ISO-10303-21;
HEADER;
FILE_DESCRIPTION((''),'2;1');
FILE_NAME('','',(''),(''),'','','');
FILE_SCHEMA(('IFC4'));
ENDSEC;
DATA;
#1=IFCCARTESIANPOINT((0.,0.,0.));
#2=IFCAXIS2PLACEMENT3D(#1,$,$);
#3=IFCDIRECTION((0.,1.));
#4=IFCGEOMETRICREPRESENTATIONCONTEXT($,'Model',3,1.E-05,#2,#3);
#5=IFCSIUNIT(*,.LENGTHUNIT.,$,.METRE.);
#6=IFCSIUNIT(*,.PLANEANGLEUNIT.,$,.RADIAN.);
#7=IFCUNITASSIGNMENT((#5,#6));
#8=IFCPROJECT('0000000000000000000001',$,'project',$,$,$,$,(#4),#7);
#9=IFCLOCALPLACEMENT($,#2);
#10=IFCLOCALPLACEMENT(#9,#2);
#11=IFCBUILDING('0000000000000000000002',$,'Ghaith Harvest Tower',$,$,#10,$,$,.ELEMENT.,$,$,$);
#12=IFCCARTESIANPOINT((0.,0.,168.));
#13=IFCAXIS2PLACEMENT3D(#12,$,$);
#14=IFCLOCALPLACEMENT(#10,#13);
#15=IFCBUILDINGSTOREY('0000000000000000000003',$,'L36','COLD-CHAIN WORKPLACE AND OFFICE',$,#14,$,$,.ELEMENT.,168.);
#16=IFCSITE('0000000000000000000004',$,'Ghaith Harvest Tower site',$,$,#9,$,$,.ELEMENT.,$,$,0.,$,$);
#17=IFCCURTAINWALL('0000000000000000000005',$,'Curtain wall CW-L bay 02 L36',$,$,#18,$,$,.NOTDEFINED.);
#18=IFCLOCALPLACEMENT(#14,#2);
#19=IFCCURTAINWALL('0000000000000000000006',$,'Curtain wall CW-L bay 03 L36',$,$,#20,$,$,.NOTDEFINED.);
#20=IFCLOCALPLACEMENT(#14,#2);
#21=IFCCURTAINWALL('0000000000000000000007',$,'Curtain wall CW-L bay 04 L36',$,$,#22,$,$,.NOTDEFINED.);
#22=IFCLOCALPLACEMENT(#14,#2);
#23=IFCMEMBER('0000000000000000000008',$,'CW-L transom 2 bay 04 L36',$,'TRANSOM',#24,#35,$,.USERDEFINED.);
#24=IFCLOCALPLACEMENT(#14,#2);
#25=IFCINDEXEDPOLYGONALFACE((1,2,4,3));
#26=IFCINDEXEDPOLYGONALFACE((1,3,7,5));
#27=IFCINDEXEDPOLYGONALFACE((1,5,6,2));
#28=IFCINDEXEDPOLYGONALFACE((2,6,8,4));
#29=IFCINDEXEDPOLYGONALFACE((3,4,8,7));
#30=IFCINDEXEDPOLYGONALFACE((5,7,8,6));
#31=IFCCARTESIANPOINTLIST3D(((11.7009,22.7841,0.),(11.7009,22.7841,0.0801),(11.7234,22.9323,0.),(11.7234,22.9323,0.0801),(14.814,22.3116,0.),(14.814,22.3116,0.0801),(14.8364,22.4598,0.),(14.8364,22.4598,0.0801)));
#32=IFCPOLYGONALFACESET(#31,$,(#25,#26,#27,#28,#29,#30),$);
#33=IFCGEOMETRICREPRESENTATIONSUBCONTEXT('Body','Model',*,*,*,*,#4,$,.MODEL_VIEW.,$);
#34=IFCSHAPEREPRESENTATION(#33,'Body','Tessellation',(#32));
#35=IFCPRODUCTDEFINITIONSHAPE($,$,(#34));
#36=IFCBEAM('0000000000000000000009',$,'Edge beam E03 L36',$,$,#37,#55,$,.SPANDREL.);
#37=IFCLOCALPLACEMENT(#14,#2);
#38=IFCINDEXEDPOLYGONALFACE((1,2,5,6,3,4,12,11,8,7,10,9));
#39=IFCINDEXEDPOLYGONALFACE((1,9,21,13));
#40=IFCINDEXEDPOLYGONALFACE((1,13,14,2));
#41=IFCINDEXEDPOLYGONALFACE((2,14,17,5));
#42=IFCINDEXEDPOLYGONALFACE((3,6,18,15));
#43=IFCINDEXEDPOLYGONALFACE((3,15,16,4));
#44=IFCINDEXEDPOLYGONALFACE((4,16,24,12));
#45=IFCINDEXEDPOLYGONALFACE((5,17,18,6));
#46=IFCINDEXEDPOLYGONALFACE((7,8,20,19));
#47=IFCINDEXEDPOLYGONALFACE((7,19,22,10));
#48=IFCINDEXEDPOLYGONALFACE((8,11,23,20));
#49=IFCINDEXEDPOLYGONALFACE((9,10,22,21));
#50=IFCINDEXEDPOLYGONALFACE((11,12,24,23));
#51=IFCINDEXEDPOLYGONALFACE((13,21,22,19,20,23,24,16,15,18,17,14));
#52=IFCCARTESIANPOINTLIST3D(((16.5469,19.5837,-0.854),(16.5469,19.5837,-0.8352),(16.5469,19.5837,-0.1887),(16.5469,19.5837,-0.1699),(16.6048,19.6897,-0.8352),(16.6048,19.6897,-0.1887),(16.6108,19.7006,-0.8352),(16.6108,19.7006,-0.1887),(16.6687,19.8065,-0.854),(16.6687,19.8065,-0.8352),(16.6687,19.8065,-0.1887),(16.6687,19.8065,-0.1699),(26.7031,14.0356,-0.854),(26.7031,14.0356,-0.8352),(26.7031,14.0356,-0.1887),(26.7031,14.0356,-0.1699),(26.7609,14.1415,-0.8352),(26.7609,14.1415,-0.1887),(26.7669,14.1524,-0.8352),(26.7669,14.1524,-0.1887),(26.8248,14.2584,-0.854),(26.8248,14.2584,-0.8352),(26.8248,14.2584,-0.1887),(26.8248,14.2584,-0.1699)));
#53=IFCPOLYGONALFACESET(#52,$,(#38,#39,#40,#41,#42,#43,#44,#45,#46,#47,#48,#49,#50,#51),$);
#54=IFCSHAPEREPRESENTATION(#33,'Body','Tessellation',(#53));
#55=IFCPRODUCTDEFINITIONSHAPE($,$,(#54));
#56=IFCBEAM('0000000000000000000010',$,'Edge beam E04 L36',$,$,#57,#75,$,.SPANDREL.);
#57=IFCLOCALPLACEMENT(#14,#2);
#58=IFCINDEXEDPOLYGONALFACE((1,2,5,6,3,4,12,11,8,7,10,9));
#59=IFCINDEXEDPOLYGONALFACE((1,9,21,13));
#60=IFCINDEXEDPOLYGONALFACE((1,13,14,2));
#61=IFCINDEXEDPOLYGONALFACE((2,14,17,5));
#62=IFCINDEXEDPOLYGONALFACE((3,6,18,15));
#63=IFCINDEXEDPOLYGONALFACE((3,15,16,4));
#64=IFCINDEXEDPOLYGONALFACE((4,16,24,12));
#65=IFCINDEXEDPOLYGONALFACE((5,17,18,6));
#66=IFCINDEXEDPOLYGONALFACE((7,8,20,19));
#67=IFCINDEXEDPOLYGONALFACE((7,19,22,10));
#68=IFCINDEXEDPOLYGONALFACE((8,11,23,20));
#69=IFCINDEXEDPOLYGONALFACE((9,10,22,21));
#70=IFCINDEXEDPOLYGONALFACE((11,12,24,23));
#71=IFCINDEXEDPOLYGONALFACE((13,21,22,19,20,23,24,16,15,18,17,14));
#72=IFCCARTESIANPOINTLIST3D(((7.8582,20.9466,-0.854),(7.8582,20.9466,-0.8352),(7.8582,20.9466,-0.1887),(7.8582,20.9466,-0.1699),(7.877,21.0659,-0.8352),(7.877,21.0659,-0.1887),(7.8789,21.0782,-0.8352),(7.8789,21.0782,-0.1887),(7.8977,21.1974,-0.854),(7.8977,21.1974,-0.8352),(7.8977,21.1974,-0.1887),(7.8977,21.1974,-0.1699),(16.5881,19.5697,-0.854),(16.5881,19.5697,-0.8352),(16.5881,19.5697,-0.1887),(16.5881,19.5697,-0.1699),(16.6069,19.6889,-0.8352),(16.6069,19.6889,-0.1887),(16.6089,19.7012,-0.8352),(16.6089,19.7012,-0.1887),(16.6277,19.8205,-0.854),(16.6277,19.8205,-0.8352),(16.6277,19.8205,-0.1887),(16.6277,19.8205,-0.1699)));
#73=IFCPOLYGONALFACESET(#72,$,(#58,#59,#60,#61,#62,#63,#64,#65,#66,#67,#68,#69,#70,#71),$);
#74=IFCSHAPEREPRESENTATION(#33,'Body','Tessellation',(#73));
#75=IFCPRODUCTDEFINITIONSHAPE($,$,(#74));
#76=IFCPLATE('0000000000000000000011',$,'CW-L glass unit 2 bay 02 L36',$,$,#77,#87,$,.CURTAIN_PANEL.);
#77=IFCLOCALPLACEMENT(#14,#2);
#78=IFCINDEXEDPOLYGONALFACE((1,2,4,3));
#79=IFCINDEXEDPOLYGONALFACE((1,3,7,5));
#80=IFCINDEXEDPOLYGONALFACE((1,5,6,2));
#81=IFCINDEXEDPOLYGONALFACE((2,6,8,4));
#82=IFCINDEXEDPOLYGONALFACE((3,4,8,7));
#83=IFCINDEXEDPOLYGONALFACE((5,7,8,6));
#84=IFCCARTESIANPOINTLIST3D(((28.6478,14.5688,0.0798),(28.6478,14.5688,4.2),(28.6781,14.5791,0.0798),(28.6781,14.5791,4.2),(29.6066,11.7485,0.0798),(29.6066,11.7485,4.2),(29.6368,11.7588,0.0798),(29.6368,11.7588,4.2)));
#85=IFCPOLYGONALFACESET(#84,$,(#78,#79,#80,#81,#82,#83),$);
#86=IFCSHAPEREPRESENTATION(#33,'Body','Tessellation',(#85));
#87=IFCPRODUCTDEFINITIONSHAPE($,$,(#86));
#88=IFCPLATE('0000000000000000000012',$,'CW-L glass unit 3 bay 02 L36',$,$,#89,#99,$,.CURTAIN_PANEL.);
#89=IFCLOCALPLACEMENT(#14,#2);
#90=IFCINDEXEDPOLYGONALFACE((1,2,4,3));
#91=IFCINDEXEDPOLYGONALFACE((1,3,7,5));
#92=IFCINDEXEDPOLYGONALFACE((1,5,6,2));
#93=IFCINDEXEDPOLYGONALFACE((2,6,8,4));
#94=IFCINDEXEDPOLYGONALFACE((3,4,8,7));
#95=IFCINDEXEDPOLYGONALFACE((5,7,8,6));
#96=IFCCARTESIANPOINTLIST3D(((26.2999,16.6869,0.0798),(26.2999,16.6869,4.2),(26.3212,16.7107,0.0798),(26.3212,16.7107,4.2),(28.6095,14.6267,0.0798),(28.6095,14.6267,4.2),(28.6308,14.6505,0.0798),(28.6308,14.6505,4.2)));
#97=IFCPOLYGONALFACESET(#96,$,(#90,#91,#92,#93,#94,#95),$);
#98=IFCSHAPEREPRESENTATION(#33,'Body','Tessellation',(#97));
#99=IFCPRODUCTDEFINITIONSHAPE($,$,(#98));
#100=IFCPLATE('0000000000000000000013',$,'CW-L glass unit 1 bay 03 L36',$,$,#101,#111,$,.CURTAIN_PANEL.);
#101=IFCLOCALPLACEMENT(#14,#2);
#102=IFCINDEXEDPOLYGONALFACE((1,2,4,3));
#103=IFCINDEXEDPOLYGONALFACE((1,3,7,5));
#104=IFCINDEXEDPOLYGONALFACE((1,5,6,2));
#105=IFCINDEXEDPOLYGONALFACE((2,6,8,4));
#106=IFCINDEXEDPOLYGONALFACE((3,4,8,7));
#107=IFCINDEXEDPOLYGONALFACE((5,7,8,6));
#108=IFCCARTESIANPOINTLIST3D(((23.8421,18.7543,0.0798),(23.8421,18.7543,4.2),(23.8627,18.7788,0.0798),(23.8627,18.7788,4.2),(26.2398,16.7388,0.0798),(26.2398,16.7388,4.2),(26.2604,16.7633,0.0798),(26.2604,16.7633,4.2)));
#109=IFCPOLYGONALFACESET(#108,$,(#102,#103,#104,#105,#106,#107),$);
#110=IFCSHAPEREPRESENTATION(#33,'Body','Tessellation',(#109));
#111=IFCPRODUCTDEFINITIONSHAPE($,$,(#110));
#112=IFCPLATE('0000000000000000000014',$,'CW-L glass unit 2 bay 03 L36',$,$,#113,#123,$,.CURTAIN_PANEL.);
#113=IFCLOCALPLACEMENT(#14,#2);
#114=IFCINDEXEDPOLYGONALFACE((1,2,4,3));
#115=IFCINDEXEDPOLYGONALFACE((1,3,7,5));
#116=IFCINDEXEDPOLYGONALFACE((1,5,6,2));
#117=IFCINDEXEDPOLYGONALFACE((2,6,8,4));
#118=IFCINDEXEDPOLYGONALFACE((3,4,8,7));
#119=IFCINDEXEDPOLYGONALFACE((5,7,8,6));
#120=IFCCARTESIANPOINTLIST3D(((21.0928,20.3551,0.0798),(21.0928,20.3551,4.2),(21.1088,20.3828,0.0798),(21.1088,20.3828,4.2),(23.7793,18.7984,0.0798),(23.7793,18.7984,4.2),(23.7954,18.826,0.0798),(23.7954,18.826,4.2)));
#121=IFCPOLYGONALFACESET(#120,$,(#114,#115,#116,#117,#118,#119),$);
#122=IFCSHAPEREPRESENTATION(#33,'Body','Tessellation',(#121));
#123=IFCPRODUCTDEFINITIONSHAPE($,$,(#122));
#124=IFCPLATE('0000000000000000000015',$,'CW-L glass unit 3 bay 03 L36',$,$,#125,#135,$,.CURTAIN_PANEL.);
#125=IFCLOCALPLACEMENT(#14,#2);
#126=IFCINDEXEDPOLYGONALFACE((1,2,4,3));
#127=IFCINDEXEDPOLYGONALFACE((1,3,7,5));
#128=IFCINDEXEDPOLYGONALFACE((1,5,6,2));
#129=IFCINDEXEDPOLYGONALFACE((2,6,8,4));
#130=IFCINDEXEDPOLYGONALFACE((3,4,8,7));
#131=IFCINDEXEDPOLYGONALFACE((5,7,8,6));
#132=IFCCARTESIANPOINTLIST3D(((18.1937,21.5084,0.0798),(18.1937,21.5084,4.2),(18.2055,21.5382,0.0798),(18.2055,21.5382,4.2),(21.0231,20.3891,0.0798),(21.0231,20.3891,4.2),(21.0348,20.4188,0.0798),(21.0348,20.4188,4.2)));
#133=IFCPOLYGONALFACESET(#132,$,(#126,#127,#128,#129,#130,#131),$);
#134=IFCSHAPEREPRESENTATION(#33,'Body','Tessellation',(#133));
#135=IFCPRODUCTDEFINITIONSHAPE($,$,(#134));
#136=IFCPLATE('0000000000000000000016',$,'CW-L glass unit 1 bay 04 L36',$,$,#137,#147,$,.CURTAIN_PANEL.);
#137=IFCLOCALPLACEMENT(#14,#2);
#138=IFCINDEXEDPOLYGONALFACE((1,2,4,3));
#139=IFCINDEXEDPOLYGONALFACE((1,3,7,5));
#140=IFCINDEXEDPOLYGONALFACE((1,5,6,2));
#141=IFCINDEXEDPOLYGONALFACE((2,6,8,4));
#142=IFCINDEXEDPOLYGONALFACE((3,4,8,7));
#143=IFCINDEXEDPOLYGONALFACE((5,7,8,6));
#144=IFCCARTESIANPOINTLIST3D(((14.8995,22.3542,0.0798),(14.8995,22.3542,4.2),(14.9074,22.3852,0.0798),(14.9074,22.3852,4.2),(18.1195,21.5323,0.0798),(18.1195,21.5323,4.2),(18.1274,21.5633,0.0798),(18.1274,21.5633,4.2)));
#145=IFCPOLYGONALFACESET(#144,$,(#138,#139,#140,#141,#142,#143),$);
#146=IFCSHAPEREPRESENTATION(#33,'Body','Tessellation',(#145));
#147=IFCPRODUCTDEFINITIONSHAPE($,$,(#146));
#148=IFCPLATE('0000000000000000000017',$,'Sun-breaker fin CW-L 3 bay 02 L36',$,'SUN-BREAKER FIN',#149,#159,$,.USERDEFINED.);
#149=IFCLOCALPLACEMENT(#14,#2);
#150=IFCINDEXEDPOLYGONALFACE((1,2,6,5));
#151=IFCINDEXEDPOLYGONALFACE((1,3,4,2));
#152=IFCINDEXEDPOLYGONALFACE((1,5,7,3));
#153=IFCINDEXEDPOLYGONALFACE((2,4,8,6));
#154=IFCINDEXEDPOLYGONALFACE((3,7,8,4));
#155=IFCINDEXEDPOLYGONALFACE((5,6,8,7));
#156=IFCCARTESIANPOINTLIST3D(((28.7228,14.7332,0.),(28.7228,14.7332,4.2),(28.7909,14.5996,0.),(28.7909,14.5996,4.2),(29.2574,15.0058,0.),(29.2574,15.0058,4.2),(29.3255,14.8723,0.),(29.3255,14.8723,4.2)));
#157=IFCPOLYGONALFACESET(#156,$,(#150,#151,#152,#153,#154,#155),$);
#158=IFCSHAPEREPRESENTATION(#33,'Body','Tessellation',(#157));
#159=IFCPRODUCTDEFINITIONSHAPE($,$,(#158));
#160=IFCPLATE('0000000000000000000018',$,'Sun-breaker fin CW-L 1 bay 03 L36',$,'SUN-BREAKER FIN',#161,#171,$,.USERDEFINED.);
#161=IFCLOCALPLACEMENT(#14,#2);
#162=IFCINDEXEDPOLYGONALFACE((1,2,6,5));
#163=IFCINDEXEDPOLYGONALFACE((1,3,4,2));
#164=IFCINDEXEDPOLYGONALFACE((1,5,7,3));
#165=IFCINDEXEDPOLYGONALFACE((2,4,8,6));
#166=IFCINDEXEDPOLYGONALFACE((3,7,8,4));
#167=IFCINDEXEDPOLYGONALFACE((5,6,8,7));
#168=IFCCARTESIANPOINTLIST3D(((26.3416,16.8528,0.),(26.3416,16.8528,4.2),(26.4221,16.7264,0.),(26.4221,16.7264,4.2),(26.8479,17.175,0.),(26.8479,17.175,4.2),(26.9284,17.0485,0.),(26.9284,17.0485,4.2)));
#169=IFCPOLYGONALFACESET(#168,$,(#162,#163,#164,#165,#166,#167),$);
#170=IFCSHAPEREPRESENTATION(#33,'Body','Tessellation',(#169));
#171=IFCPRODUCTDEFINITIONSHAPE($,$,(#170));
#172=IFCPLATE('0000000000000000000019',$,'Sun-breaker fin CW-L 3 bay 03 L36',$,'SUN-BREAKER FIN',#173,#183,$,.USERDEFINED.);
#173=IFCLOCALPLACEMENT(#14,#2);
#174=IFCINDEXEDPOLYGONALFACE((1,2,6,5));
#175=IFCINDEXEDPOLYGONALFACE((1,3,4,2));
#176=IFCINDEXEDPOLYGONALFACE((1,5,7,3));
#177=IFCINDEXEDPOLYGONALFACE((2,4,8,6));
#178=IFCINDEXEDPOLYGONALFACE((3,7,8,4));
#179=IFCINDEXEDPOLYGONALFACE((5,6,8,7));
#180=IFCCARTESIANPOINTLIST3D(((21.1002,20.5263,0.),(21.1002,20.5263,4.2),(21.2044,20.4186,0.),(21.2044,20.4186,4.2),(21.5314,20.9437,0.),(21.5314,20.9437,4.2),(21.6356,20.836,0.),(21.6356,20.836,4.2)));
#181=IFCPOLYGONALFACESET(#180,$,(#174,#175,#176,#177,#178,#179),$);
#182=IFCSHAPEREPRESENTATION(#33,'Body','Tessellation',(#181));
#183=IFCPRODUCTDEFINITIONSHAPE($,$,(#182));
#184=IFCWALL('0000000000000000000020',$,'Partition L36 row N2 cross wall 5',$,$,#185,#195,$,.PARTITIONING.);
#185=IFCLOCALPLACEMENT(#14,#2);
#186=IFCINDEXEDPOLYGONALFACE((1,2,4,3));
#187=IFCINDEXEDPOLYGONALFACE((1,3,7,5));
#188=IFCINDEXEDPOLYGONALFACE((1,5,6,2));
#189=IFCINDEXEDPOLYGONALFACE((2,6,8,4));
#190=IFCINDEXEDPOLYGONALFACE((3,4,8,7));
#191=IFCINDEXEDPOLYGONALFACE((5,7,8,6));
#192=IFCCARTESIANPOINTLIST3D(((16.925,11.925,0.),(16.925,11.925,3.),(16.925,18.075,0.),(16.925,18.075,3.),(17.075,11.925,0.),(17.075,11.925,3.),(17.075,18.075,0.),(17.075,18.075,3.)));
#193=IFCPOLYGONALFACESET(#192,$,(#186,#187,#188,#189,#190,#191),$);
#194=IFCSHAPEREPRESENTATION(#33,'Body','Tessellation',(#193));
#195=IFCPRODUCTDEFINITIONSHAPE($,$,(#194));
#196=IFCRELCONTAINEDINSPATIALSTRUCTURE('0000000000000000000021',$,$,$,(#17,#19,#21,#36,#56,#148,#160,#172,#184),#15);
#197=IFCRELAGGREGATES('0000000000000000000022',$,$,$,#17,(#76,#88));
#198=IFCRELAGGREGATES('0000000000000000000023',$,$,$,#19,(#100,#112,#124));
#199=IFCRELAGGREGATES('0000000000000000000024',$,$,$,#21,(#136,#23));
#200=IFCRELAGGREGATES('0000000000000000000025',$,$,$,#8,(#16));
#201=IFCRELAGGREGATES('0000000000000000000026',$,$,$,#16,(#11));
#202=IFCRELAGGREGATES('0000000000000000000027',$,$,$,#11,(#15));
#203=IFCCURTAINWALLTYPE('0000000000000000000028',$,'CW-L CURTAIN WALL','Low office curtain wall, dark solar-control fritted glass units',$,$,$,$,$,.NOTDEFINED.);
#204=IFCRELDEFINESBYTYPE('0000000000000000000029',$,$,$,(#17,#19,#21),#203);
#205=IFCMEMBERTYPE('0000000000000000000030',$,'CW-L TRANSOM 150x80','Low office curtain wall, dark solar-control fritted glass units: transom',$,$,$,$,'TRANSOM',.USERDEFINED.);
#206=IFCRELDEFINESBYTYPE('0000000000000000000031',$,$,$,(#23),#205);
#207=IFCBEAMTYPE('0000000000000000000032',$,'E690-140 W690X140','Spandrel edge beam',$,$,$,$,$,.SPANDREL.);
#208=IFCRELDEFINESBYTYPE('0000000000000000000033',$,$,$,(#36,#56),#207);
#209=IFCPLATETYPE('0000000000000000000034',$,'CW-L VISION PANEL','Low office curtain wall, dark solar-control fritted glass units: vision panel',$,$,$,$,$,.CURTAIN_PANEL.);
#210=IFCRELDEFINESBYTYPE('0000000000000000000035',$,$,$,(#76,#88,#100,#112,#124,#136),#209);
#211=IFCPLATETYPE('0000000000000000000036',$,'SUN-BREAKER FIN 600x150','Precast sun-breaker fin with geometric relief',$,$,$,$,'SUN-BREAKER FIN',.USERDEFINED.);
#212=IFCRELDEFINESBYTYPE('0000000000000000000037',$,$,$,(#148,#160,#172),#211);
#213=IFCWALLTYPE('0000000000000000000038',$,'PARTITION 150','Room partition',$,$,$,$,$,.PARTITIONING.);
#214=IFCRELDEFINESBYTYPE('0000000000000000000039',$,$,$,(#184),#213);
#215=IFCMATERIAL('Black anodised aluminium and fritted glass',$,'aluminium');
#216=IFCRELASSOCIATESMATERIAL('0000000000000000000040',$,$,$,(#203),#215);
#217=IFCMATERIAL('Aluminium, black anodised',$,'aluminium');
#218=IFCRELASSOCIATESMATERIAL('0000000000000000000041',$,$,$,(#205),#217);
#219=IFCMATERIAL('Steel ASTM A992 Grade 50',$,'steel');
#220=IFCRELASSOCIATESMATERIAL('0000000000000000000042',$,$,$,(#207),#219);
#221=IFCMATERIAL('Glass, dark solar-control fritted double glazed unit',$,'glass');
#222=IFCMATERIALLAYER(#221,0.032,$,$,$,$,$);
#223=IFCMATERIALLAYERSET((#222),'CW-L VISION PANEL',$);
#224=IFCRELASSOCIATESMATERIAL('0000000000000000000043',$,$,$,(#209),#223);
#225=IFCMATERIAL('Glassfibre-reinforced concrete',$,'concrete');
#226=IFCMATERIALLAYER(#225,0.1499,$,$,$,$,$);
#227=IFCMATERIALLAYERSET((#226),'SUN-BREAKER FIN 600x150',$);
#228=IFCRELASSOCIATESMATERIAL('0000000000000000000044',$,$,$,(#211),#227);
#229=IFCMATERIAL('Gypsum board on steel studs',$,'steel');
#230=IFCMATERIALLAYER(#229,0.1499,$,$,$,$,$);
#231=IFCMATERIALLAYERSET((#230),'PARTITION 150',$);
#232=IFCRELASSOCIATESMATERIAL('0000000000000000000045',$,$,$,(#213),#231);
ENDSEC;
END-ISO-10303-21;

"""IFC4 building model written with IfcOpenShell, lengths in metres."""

from ifc_helpers import new_model, si_unit, direction, frame, frame_2d, origin, origin_2d, place, context, subcontext, project, spatial, rectangle, i_section, extrude, material, layer, layer_set, material_profile, profile_set, type_object, element, aggregate, save


model = new_model("IFC4")

# Units and contexts
model_context = context("Model", 3, precision=1e-05, world=origin(), true_north=direction((0.0, 1.0)))
body_context = subcontext(model_context, "Body", "Model", "MODEL_VIEW")
ifc_project = project(units=[si_unit("LENGTHUNIT", "METRE"), si_unit("PLANEANGLEUNIT", "RADIAN")], contexts=[model_context])

# Site, building, storey
site_placement = place(None, origin())
site = spatial("IfcSite", under=ifc_project, at=site_placement, Name="Ghaith Harvest Tower site", CompositionType="ELEMENT", RefElevation=0.0)
building_placement = place(site_placement, origin())
building = spatial("IfcBuilding", under=site, at=building_placement, Name="Ghaith Harvest Tower", CompositionType="ELEMENT")
storey_placement = place(building_placement, frame((0.0, 0.0, 168.0)))
storey = spatial("IfcBuildingStorey", under=building, at=storey_placement, Name="L36", Description="COLD-CHAIN WORKPLACE AND OFFICE", CompositionType="ELEMENT", Elevation=168.0)

# Curtain wall
ifc_material_1 = material(Name="Black anodised aluminium and fritted glass", Category="aluminium")
curtain_wall_type = type_object("IfcCurtainWallType", Name="CW-L CURTAIN WALL", Description="Low office curtain wall, dark solar-control fritted glass units", PredefinedType="NOTDEFINED", material=ifc_material_1)
curtain_wall_1_placement = place(storey_placement, origin())
curtain_wall_1 = element("IfcCurtainWall", 1, at=curtain_wall_1_placement, inside=storey, type_object=curtain_wall_type, Name="Curtain wall CW-L bay 02 L36", PredefinedType="NOTDEFINED")

# Curtain walls
curtain_wall_2_placement = place(storey_placement, origin())
curtain_wall_2 = element("IfcCurtainWall", 2, at=curtain_wall_2_placement, inside=storey, type_object=curtain_wall_type, Name="Curtain wall CW-L bay 03 L36", PredefinedType="NOTDEFINED")
curtain_wall_3_placement = place(storey_placement, origin())
curtain_wall_3 = element("IfcCurtainWall", 3, at=curtain_wall_3_placement, inside=storey, type_object=curtain_wall_type, Name="Curtain wall CW-L bay 04 L36", PredefinedType="NOTDEFINED")

# Member
ifc_material_2 = material(Name="Aluminium, black anodised", Category="aluminium")
ifc_material_profile_1 = material_profile(ifc_material_2, rectangle(XDim=0.1499, YDim=0.0801, at=origin_2d()), Name="CW-L TRANSOM 150x80")
ifc_profile_set_1 = profile_set([ifc_material_profile_1], Name="Aluminium, black anodised")
member_type_1 = type_object("IfcMemberType", Name="CW-L TRANSOM 150x80", Description="Low office curtain wall, dark solar-control fritted glass units: transom", ElementType="TRANSOM", PredefinedType="USERDEFINED", material=ifc_profile_set_1)
member_1_placement = place(storey_placement, frame((14.8252, 22.3857, 0.04), z_axis=(-0.988681, 0.150035, 0.0), x_axis=(-0.150035, -0.988681, 0.0)))
member_1 = element("IfcMember", 4, at=member_1_placement, type_object=member_type_1, Name="CW-L transom 2 bay 04 L36", ObjectType="TRANSOM", PredefinedType="USERDEFINED", context=body_context, shape_type="SweptSolid", body=[
    extrude(rectangle(XDim=0.1499, YDim=0.0801, at=origin_2d()), origin(), (0.0, 0.0, 1.0), 3.1487),
])

# Beams
ifc_material_3 = material(Name="Steel ASTM A992 Grade 50", Category="steel")
ifc_material_profile_2 = material_profile(ifc_material_3, i_section(OverallWidth=0.2539, OverallDepth=0.6841, WebThickness=0.0125, FlangeThickness=0.0188, at=origin_2d()), Name="W690X140")
ifc_profile_set_2 = profile_set([ifc_material_profile_2], Name="Steel ASTM A992 Grade 50")
beam_type = type_object("IfcBeamType", Name="E690-140 W690X140", Description="Spandrel edge beam", PredefinedType="SPANDREL", material=ifc_profile_set_2)
beam_1_placement = place(storey_placement, frame((26.7639, 14.147, -0.512), z_axis=(-0.877588, 0.479415, 0.0), x_axis=(-0.479415, -0.877588, 0.0)))
element("IfcBeam", 5, at=beam_1_placement, inside=storey, type_object=beam_type, Name="Edge beam E03 L36", PredefinedType="SPANDREL", context=body_context, shape_type="SweptSolid", body=[
    extrude(i_section(OverallWidth=0.2539, OverallDepth=0.6841, WebThickness=0.0125, FlangeThickness=0.0188, at=origin_2d()), origin(), (0.0, 0.0, 1.0), 11.5728),
])
beam_2_placement = place(storey_placement, frame((16.6079, 19.6951, -0.512), z_axis=(-0.987788, 0.155801, 0.0), x_axis=(-0.155801, -0.987788, 0.0)))
element("IfcBeam", 6, at=beam_2_placement, inside=storey, type_object=beam_type, Name="Edge beam E04 L36", PredefinedType="SPANDREL", context=body_context, shape_type="SweptSolid", body=[
    extrude(i_section(OverallWidth=0.2539, OverallDepth=0.6841, WebThickness=0.0125, FlangeThickness=0.0188, at=origin_2d()), origin(), (0.0, 0.0, 1.0), 8.8379),
])

# Plates
ifc_material_4 = material(Name="Glass, dark solar-control fritted double glazed unit", Category="glass")
ifc_layer_1 = layer(ifc_material_4, 0.032)
ifc_layer_set_1 = layer_set([ifc_layer_1], Name="CW-L VISION PANEL")
plate_type_1 = type_object("IfcPlateType", Name="CW-L VISION PANEL", Description="Low office curtain wall, dark solar-control fritted glass units: vision panel", PredefinedType="CURTAIN_PANEL", material=ifc_layer_set_1)
plate_1_placement = place(storey_placement, frame((29.1423, 13.1638, 0.0798), z_axis=(0.0, 0.0, 1.0), x_axis=(-0.321853, 0.94679, 0.0)))
plate_1 = element("IfcPlate", 7, at=plate_1_placement, type_object=plate_type_1, Name="CW-L glass unit 2 bay 02 L36", PredefinedType="CURTAIN_PANEL", context=body_context, shape_type="SweptSolid", body=[
    extrude(rectangle(XDim=2.9788, YDim=0.032, at=origin_2d()), origin(), (0.0, 0.0, 1.0), 4.1201),
])
plate_2_placement = place(storey_placement, frame((27.4653, 15.6687, 0.0798), z_axis=(0.0, 0.0, 1.0), x_axis=(-0.746251, 0.665665, 0.0)))
plate_2 = element("IfcPlate", 8, at=plate_2_placement, type_object=plate_type_1, Name="CW-L glass unit 3 bay 02 L36", PredefinedType="CURTAIN_PANEL", context=body_context, shape_type="SweptSolid", body=[
    extrude(rectangle(XDim=3.095, YDim=0.032, at=origin_2d()), origin(), (0.0, 0.0, 1.0), 4.1201),
])
aggregate(curtain_wall_1, [plate_1, plate_2])
plate_3_placement = place(storey_placement, frame((25.0513, 17.7588, 0.0798), z_axis=(0.0, 0.0, 1.0), x_axis=(-0.765473, 0.643468, 0.0)))
plate_3 = element("IfcPlate", 9, at=plate_3_placement, type_object=plate_type_1, Name="CW-L glass unit 1 bay 03 L36", PredefinedType="CURTAIN_PANEL", context=body_context, shape_type="SweptSolid", body=[
    extrude(rectangle(XDim=3.1323, YDim=0.032, at=origin_2d()), origin(), (0.0, 0.0, 1.0), 4.1201),
])
plate_4_placement = place(storey_placement, frame((22.4441, 19.5906, 0.0798), z_axis=(0.0, 0.0, 1.0), x_axis=(-0.865232, 0.501372, 0.0)))
plate_4 = element("IfcPlate", 10, at=plate_4_placement, type_object=plate_type_1, Name="CW-L glass unit 2 bay 03 L36", PredefinedType="CURTAIN_PANEL", context=body_context, shape_type="SweptSolid", body=[
    extrude(rectangle(XDim=3.105, YDim=0.032, at=origin_2d()), origin(), (0.0, 0.0, 1.0), 4.1201),
])
plate_5_placement = place(storey_placement, frame((19.6143, 20.9636, 0.0798), z_axis=(0.0, 0.0, 1.0), x_axis=(-0.929877, 0.367872, 0.0)))
plate_5 = element("IfcPlate", 11, at=plate_5_placement, type_object=plate_type_1, Name="CW-L glass unit 3 bay 03 L36", PredefinedType="CURTAIN_PANEL", context=body_context, shape_type="SweptSolid", body=[
    extrude(rectangle(XDim=3.0427, YDim=0.032, at=origin_2d()), origin(), (0.0, 0.0, 1.0), 4.1201),
])
aggregate(curtain_wall_2, [plate_3, plate_4, plate_5])
plate_6_placement = place(storey_placement, frame((16.5134, 21.9587, 0.0798), z_axis=(0.0, 0.0, 1.0), x_axis=(-0.968931, 0.247331, 0.0)))
plate_6 = element("IfcPlate", 12, at=plate_6_placement, type_object=plate_type_1, Name="CW-L glass unit 1 bay 04 L36", PredefinedType="CURTAIN_PANEL", context=body_context, shape_type="SweptSolid", body=[
    extrude(rectangle(XDim=3.3232, YDim=0.032, at=origin_2d()), origin(), (0.0, 0.0, 1.0), 4.1201),
])
aggregate(curtain_wall_3, [plate_6, member_1])

# Plates
ifc_material_5 = material(Name="Glassfibre-reinforced concrete", Category="concrete")
ifc_layer_2 = layer(ifc_material_5, 0.1499)
ifc_layer_set_2 = layer_set([ifc_layer_2], Name="SUN-BREAKER FIN 600x150")
plate_type_2 = type_object("IfcPlateType", Name="SUN-BREAKER FIN 600x150", Description="Precast sun-breaker fin with geometric relief", ElementType="SUN-BREAKER FIN", PredefinedType="USERDEFINED", material=ifc_layer_set_2)
for number, where, z_axis, x_axis, name in (
    (13, (29.0242, 14.8027, 0.0), (0.0, 0.0, 1.0), (0.890831, 0.454335, 0.0), "Sun-breaker fin CW-L 3 bay 02 L36"),
    (14, (26.635, 16.9507, 0.0), (0.0, 0.0, 1.0), (0.843644, 0.536903, 0.0), "Sun-breaker fin CW-L 1 bay 03 L36"),
    (15, (21.3679, 20.6812, 0.0), (0.0, 0.0, 1.0), (0.718559, 0.695466, 0.0), "Sun-breaker fin CW-L 3 bay 03 L36"),
):
    element("IfcPlate", number, at=place(storey_placement, frame(where, z_axis=z_axis, x_axis=x_axis)), inside=storey, type_object=plate_type_2, Name=name, ObjectType="SUN-BREAKER FIN", PredefinedType="USERDEFINED", context=body_context, shape_type="SweptSolid", body=[
        extrude(rectangle(XDim=0.6001, YDim=0.1499, at=origin_2d()), origin(), (0.0, 0.0, 1.0), 4.2),
    ])

# Wall
ifc_material_6 = material(Name="Gypsum board on steel studs", Category="steel")
ifc_layer_3 = layer(ifc_material_6, 0.1499)
ifc_layer_set_3 = layer_set([ifc_layer_3], Name="PARTITION 150")
wall_type = type_object("IfcWallType", Name="PARTITION 150", Description="Room partition", PredefinedType="PARTITIONING", material=ifc_layer_set_3)
wall_1_placement = place(storey_placement, frame((17.0, 11.925, 0.0), z_axis=(0.0, 0.0, 1.0), x_axis=(0.0, 1.0, 0.0)))
element("IfcWall", 16, at=wall_1_placement, inside=storey, type_object=wall_type, Name="Partition L36 row N2 cross wall 5", PredefinedType="PARTITIONING", context=body_context, shape_type="SweptSolid", body=[
    extrude(rectangle(XDim=6.1499, YDim=0.1499, at=frame_2d((3.075, 0.0))), origin(), (0.0, 0.0, 1.0), 3.0),
])

save(model, "model.ifc")
